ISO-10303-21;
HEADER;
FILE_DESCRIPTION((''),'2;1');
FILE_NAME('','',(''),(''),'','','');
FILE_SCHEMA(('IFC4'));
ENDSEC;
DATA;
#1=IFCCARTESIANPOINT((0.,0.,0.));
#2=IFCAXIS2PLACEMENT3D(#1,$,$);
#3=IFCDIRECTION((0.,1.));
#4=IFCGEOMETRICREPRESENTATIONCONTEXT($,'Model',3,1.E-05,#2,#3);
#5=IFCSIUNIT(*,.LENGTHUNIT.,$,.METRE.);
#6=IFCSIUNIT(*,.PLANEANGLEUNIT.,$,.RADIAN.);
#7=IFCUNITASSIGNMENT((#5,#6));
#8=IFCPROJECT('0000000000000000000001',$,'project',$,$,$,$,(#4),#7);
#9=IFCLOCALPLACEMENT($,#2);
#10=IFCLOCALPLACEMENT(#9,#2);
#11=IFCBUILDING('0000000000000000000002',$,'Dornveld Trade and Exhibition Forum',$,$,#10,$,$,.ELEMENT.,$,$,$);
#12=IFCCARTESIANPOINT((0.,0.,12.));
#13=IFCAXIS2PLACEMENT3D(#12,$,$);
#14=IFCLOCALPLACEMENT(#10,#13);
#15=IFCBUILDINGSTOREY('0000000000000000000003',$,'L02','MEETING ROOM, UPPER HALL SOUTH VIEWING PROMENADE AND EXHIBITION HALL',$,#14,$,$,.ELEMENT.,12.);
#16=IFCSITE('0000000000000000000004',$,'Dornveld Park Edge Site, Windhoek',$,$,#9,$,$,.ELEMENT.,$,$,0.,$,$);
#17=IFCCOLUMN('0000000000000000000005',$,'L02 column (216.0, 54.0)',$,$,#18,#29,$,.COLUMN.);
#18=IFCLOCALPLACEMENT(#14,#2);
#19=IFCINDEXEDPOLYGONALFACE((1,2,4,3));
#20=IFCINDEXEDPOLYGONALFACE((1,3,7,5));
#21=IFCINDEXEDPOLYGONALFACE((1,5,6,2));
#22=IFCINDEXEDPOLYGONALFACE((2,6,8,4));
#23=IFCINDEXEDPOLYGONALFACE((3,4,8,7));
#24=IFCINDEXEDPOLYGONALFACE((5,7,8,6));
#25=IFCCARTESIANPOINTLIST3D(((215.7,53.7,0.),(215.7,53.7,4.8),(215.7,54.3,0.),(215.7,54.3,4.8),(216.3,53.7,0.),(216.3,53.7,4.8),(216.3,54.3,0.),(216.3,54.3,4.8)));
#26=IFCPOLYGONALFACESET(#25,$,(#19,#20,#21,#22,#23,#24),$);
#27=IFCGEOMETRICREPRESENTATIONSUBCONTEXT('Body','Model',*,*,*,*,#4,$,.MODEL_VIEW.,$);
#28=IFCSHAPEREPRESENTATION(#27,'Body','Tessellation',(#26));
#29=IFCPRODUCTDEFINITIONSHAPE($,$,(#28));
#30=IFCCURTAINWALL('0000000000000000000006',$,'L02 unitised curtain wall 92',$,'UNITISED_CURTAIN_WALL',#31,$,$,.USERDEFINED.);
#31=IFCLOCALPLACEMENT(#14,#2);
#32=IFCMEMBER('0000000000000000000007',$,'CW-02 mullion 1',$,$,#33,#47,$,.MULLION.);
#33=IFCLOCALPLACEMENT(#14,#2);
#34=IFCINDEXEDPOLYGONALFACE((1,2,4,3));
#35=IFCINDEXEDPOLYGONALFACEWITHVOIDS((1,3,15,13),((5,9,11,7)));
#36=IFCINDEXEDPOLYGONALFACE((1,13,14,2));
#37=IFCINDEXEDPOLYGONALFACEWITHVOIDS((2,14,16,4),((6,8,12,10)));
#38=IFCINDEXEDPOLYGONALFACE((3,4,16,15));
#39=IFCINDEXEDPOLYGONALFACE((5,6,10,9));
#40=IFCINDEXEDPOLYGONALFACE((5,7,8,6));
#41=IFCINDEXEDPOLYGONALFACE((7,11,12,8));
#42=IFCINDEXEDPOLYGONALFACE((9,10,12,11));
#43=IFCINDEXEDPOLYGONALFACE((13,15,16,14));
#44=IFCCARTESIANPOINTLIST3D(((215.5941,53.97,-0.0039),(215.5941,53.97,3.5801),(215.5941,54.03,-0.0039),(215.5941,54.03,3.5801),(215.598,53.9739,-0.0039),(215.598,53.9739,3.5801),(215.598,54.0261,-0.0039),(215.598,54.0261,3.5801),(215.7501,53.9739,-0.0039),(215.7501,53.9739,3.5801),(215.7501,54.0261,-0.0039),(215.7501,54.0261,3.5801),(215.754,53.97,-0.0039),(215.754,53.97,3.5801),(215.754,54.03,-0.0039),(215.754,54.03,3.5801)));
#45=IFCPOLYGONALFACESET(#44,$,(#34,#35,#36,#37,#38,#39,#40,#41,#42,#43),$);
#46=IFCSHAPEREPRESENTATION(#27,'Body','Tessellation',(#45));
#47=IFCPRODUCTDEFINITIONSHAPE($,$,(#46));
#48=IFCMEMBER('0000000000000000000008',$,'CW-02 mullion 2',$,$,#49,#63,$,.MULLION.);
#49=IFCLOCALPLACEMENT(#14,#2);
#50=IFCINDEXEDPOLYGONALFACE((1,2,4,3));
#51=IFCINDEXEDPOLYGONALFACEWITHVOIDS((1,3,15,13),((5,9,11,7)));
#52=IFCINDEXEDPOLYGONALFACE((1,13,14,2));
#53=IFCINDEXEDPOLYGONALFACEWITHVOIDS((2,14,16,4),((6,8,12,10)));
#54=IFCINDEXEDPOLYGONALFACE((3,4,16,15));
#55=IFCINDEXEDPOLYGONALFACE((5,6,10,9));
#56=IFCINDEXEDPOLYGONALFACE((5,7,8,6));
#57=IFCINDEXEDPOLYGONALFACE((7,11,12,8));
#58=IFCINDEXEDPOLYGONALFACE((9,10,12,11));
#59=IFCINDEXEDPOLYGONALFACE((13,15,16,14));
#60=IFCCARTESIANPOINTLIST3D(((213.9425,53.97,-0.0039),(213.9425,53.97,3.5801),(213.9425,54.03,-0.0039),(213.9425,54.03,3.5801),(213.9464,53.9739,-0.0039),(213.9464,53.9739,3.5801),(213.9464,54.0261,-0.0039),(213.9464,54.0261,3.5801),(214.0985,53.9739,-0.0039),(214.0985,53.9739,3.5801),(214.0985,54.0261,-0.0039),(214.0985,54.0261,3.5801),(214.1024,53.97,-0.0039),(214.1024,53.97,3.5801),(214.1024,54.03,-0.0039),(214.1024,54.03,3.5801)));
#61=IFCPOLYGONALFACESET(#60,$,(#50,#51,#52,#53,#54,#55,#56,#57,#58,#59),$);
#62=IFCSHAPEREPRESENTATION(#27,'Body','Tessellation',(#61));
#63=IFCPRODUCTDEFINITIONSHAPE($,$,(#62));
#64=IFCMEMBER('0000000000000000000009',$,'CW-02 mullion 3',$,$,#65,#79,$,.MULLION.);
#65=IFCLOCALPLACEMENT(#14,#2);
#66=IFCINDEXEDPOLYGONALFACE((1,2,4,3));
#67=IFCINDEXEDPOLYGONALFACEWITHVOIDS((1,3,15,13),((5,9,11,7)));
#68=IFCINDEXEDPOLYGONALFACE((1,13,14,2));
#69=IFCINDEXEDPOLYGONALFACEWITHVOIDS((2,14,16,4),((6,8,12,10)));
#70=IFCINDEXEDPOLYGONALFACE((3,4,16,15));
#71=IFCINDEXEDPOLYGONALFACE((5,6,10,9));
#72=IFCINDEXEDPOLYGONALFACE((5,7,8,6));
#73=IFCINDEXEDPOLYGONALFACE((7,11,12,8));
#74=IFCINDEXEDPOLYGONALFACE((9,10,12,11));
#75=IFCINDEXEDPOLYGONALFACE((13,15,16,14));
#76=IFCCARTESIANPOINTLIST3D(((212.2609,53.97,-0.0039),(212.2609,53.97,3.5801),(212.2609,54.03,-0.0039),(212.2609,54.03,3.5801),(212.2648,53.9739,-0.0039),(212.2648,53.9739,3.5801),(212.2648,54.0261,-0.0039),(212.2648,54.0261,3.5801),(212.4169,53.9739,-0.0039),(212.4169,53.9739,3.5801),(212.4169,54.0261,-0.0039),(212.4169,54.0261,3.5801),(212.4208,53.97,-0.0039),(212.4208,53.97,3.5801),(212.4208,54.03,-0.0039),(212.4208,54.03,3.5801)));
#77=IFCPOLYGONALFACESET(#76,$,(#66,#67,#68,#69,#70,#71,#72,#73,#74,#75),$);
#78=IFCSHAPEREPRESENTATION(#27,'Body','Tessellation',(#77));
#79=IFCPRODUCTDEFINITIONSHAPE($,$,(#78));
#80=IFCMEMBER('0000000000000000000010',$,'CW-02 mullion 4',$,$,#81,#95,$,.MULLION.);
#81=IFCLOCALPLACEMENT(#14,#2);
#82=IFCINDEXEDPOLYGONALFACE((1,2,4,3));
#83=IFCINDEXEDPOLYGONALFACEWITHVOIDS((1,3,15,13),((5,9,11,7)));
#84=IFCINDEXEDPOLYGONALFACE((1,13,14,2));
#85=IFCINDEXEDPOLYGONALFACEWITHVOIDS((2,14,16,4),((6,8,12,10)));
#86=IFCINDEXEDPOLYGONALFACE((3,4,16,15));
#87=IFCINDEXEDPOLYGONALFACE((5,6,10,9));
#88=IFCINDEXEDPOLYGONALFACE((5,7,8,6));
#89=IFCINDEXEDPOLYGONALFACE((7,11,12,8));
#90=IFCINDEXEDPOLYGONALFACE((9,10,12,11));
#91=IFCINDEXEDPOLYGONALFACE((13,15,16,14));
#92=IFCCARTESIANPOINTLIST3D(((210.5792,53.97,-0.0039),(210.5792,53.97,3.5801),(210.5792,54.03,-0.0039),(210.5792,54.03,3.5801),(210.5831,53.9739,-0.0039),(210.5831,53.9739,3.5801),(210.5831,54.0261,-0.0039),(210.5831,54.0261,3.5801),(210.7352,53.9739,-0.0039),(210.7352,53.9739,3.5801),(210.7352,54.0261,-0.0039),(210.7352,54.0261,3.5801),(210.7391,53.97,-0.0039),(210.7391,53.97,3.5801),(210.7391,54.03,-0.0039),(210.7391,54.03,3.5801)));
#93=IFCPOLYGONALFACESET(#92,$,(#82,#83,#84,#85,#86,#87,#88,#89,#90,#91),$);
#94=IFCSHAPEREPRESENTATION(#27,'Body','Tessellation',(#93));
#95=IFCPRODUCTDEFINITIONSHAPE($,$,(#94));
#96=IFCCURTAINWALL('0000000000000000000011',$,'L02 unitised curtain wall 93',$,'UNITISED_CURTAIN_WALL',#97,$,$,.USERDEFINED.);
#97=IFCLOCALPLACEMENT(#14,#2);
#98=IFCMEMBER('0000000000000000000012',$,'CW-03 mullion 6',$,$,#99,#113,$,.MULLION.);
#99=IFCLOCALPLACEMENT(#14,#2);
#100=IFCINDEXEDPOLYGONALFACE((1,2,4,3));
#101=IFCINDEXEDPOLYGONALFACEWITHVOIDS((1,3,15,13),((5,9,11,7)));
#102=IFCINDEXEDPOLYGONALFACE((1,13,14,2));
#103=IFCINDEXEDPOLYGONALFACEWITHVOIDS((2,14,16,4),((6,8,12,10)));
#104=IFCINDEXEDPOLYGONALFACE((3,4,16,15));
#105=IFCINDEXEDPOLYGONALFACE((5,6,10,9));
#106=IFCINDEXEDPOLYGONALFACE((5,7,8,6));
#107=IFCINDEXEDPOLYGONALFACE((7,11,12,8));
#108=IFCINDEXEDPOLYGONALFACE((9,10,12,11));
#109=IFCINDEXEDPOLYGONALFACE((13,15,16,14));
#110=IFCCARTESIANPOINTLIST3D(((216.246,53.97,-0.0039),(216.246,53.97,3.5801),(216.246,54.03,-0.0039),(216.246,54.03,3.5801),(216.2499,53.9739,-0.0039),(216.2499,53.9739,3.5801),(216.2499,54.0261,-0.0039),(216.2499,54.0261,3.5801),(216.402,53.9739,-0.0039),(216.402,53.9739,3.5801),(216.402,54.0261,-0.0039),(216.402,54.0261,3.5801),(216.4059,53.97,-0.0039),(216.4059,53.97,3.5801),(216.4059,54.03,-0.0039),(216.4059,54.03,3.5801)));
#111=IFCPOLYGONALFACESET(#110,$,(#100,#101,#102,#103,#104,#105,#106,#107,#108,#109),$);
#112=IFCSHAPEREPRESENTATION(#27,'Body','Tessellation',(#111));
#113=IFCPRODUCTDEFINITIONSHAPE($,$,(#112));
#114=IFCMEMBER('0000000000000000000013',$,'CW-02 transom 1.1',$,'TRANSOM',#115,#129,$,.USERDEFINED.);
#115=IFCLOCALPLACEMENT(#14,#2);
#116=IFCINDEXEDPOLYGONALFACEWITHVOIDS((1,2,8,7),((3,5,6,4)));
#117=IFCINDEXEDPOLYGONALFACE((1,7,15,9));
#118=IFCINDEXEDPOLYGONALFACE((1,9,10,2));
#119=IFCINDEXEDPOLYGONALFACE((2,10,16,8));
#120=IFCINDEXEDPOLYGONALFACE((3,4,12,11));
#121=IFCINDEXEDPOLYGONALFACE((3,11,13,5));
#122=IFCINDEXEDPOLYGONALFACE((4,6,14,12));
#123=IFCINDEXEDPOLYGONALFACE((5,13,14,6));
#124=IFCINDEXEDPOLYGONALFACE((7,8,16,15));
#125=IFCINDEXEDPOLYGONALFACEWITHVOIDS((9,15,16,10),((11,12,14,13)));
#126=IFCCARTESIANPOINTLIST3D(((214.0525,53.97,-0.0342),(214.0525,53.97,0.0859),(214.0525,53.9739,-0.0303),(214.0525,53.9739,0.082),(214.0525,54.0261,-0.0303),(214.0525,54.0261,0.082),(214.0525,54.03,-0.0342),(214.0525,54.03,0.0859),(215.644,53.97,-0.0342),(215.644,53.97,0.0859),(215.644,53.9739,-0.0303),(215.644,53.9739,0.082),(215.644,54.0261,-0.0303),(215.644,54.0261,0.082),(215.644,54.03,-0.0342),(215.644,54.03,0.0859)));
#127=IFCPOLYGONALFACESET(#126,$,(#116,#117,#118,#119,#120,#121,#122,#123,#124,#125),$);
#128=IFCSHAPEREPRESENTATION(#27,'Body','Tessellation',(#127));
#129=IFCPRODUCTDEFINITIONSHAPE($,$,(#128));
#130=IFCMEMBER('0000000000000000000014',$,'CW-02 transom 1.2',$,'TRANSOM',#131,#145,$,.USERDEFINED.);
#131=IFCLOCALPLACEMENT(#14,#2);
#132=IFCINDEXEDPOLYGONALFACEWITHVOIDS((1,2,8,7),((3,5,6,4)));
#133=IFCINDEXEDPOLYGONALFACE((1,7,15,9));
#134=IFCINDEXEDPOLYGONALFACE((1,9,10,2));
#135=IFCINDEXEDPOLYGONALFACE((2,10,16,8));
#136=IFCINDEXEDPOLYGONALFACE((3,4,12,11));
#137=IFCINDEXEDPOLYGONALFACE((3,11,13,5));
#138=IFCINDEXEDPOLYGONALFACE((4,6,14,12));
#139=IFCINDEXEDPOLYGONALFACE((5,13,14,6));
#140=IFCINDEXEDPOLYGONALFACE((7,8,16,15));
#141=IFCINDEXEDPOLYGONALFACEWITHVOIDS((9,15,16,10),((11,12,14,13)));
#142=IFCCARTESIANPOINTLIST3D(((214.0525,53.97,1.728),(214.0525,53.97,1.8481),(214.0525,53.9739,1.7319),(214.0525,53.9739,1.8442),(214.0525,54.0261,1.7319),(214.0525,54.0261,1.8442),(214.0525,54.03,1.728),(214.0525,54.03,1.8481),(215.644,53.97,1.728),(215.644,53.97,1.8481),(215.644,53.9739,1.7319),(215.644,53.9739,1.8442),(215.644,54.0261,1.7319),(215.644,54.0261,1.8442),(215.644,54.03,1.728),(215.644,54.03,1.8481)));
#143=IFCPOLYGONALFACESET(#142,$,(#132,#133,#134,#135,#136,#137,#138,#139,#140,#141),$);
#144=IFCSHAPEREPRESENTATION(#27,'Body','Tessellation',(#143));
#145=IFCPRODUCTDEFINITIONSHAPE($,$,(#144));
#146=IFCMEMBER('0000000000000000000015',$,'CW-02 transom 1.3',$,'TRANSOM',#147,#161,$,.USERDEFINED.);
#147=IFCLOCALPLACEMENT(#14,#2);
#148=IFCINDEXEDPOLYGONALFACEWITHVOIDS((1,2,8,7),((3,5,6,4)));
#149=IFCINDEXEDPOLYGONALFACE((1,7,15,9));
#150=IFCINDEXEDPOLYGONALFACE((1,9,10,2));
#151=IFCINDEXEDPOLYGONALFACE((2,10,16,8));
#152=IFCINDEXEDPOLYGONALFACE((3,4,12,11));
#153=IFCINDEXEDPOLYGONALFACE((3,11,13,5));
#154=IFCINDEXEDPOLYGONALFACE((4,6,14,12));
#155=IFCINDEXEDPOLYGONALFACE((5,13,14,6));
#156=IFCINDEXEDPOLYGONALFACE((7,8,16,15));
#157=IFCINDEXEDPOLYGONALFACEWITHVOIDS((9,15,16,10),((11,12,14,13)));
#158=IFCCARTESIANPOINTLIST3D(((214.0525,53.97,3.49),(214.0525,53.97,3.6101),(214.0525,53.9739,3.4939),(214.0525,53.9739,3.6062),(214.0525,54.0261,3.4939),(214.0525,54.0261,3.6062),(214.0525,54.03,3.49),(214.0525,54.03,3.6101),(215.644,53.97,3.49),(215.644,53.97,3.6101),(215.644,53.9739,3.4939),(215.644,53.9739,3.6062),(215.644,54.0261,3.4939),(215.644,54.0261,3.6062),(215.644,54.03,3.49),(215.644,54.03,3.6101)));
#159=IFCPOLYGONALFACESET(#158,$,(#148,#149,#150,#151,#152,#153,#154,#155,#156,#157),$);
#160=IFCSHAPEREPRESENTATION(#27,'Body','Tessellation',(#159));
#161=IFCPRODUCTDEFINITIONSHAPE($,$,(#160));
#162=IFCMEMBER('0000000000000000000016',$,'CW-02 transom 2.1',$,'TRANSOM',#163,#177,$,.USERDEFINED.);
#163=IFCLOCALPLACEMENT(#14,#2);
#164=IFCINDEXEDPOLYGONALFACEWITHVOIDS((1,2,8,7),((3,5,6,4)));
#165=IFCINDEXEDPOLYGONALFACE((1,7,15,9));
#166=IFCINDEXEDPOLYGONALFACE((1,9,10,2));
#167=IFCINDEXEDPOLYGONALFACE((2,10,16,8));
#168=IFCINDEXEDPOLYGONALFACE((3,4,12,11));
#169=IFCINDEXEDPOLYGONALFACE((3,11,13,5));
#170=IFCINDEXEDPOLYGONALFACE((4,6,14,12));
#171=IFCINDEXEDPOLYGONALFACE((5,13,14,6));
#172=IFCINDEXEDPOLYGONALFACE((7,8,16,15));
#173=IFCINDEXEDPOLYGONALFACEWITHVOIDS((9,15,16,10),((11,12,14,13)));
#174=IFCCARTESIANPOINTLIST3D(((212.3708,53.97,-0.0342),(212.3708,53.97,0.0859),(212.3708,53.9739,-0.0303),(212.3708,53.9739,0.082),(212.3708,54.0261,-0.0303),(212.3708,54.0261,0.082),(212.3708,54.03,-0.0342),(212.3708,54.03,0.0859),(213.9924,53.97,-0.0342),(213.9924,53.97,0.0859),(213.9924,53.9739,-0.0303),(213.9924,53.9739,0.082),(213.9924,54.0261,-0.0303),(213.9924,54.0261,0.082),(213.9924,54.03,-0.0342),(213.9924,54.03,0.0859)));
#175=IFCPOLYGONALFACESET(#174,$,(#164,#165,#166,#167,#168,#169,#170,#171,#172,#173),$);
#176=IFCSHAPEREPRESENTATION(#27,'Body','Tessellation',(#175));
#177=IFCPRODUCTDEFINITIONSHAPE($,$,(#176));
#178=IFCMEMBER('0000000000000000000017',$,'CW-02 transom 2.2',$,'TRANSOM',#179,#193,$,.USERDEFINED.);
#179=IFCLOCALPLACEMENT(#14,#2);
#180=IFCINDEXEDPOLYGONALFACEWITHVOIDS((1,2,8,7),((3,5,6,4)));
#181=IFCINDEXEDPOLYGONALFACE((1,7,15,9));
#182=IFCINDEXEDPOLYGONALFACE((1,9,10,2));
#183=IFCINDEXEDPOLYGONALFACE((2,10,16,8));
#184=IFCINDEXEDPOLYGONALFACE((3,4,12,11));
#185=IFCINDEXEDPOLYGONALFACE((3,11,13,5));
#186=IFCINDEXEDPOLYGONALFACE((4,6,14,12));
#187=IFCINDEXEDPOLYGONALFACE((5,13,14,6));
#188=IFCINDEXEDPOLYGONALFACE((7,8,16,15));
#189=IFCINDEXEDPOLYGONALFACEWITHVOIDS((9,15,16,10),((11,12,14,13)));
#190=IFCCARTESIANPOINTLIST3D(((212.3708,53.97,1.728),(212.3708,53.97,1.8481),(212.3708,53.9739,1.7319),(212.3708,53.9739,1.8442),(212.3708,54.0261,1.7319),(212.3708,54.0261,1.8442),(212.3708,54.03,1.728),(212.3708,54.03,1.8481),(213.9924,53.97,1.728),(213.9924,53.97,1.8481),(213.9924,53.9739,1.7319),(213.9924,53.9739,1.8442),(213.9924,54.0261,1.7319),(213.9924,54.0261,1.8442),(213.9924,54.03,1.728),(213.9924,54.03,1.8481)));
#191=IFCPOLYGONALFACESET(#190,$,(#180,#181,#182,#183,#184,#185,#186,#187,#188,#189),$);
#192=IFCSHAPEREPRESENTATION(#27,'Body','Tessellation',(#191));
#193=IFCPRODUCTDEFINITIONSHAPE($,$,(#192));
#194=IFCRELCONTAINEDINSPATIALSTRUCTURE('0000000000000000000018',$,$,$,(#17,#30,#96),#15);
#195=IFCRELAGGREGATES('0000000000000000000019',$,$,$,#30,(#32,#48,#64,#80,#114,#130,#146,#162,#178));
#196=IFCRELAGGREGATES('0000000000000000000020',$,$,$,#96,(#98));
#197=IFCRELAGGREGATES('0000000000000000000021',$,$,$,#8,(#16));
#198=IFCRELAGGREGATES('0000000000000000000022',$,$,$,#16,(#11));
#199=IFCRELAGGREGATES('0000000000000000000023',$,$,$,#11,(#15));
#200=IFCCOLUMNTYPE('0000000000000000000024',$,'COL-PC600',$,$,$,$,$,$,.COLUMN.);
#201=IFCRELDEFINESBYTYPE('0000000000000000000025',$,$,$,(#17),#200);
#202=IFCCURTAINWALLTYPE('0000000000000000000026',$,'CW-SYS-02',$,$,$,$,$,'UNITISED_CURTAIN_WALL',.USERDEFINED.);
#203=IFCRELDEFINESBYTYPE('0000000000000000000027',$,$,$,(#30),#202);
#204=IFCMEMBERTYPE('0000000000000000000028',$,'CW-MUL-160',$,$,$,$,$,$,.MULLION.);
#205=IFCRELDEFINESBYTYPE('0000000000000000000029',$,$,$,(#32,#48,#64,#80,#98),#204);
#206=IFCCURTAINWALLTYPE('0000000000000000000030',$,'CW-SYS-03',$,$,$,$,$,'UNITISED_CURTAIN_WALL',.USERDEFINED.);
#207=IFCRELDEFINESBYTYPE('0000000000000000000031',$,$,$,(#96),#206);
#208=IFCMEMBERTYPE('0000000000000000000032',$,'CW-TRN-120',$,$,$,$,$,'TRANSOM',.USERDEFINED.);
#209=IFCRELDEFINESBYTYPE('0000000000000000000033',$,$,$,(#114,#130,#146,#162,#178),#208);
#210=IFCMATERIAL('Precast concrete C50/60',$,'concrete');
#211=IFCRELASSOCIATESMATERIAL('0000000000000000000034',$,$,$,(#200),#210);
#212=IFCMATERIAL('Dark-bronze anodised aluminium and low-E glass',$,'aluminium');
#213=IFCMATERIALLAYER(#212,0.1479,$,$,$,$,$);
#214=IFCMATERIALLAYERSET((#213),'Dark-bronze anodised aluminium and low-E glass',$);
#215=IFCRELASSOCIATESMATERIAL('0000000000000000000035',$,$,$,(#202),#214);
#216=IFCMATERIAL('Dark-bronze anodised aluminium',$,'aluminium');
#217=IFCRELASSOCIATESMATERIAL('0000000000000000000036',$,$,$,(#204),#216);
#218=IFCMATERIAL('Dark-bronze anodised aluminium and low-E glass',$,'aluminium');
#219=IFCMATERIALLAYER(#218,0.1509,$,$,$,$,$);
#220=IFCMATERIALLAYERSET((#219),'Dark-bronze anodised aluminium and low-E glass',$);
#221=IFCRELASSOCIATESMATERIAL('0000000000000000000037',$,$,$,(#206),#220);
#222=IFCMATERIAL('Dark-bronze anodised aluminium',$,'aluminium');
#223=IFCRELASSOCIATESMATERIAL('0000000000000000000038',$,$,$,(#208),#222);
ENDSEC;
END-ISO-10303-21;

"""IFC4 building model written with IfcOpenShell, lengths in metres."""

from ifc_helpers import new_model, si_unit, direction, frame, origin, origin_2d, place, context, subcontext, project, spatial, rectangle, hollow_rectangle, extrude, material, layer, layer_set, material_profile, profile_set, type_object, element, aggregate, save


model = new_model("IFC4")

# Units and contexts
model_context = context("Model", 3, precision=1e-05, world=origin(), true_north=direction((0.0, 1.0)))
body_context = subcontext(model_context, "Body", "Model", "MODEL_VIEW")
ifc_project = project(units=[si_unit("LENGTHUNIT", "METRE"), si_unit("PLANEANGLEUNIT", "RADIAN")], contexts=[model_context])

# Site, building, storey
site_placement = place(None, origin())
site = spatial("IfcSite", under=ifc_project, at=site_placement, Name="Dornveld Park Edge Site, Windhoek", CompositionType="ELEMENT", RefElevation=0.0)
building_placement = place(site_placement, origin())
building = spatial("IfcBuilding", under=site, at=building_placement, Name="Dornveld Trade and Exhibition Forum", CompositionType="ELEMENT")
storey_placement = place(building_placement, frame((0.0, 0.0, 12.0)))
storey = spatial("IfcBuildingStorey", under=building, at=storey_placement, Name="L02", Description="MEETING ROOM, UPPER HALL SOUTH VIEWING PROMENADE AND EXHIBITION HALL", CompositionType="ELEMENT", Elevation=12.0)

# Column
ifc_material_1 = material(Name="Precast concrete C50/60", Category="concrete")
ifc_material_profile_1 = material_profile(ifc_material_1, rectangle(XDim=0.6001, YDim=0.6001, at=origin_2d()), Name="PC-COL 600x600")
ifc_profile_set_1 = profile_set([ifc_material_profile_1], Name="Precast concrete C50/60")
column_type = type_object("IfcColumnType", Name="COL-PC600", PredefinedType="COLUMN", material=ifc_profile_set_1)
column_placement = place(storey_placement, frame((216.0, 54.0, 0.0), z_axis=(0.0, 0.0, 1.0), x_axis=(1.0, 0.0, 0.0)))
element("IfcColumn", 1, at=column_placement, inside=storey, type_object=column_type, Name="L02 column (216.0, 54.0)", PredefinedType="COLUMN", context=body_context, shape_type="SweptSolid", body=[
    extrude(rectangle(XDim=0.6001, YDim=0.6001, at=origin_2d()), origin(), (0.0, 0.0, 1.0), 4.8),
])

# Curtain wall, members
ifc_material_2 = material(Name="Dark-bronze anodised aluminium and low-E glass", Category="aluminium")
ifc_layer_1 = layer(ifc_material_2, 0.1479)
ifc_layer_set_1 = layer_set([ifc_layer_1], Name="Dark-bronze anodised aluminium and low-E glass")
curtain_wall_type_1 = type_object("IfcCurtainWallType", Name="CW-SYS-02", ElementType="UNITISED_CURTAIN_WALL", PredefinedType="USERDEFINED", material=ifc_layer_set_1)
curtain_wall_1_placement = place(storey_placement, origin())
curtain_wall_1 = element("IfcCurtainWall", 2, at=curtain_wall_1_placement, inside=storey, type_object=curtain_wall_type_1, Name="L02 unitised curtain wall 92", ObjectType="UNITISED_CURTAIN_WALL", PredefinedType="USERDEFINED")
ifc_material_3 = material(Name="Dark-bronze anodised aluminium", Category="aluminium")
ifc_material_profile_2 = material_profile(ifc_material_3, hollow_rectangle(XDim=0.0601, YDim=0.1599, WallThickness=0.0039, at=origin_2d()), Name="RHS 160x60x4")
ifc_profile_set_2 = profile_set([ifc_material_profile_2], Name="Dark-bronze anodised aluminium")
member_type_1 = type_object("IfcMemberType", Name="CW-MUL-160", PredefinedType="MULLION", material=ifc_profile_set_2)
member_1_placement = place(storey_placement, frame((215.6741, 54.0, -0.0039), z_axis=(0.0, 0.0, 1.0), x_axis=(0.0, -1.0, 0.0)))
member_1 = element("IfcMember", 3, at=member_1_placement, type_object=member_type_1, Name="CW-02 mullion 1", PredefinedType="MULLION", context=body_context, shape_type="SweptSolid", body=[
    extrude(hollow_rectangle(XDim=0.0601, YDim=0.1599, WallThickness=0.0039, at=origin_2d()), origin(), (0.0, 0.0, 1.0), 3.584),
])
member_2_placement = place(storey_placement, frame((214.0225, 54.0, -0.0039), z_axis=(0.0, 0.0, 1.0), x_axis=(0.0, -1.0, 0.0)))
member_2 = element("IfcMember", 4, at=member_2_placement, type_object=member_type_1, Name="CW-02 mullion 2", PredefinedType="MULLION", context=body_context, shape_type="SweptSolid", body=[
    extrude(hollow_rectangle(XDim=0.0601, YDim=0.1599, WallThickness=0.0039, at=origin_2d()), origin(), (0.0, 0.0, 1.0), 3.584),
])
member_3_placement = place(storey_placement, frame((212.3408, 54.0, -0.0039), z_axis=(0.0, 0.0, 1.0), x_axis=(0.0, -1.0, 0.0)))
member_3 = element("IfcMember", 5, at=member_3_placement, type_object=member_type_1, Name="CW-02 mullion 3", PredefinedType="MULLION", context=body_context, shape_type="SweptSolid", body=[
    extrude(hollow_rectangle(XDim=0.0601, YDim=0.1599, WallThickness=0.0039, at=origin_2d()), origin(), (0.0, 0.0, 1.0), 3.584),
])
member_4_placement = place(storey_placement, frame((210.6592, 54.0, -0.0039), z_axis=(0.0, 0.0, 1.0), x_axis=(0.0, -1.0, 0.0)))
member_4 = element("IfcMember", 6, at=member_4_placement, type_object=member_type_1, Name="CW-02 mullion 4", PredefinedType="MULLION", context=body_context, shape_type="SweptSolid", body=[
    extrude(hollow_rectangle(XDim=0.0601, YDim=0.1599, WallThickness=0.0039, at=origin_2d()), origin(), (0.0, 0.0, 1.0), 3.584),
])

# Curtain wall, member
ifc_material_4 = material(Name="Dark-bronze anodised aluminium and low-E glass", Category="aluminium")
ifc_layer_2 = layer(ifc_material_4, 0.1509)
ifc_layer_set_2 = layer_set([ifc_layer_2], Name="Dark-bronze anodised aluminium and low-E glass")
curtain_wall_type_2 = type_object("IfcCurtainWallType", Name="CW-SYS-03", ElementType="UNITISED_CURTAIN_WALL", PredefinedType="USERDEFINED", material=ifc_layer_set_2)
curtain_wall_2_placement = place(storey_placement, origin())
curtain_wall_2 = element("IfcCurtainWall", 7, at=curtain_wall_2_placement, inside=storey, type_object=curtain_wall_type_2, Name="L02 unitised curtain wall 93", ObjectType="UNITISED_CURTAIN_WALL", PredefinedType="USERDEFINED")
member_5_placement = place(storey_placement, frame((216.3259, 54.0, -0.0039), z_axis=(0.0, 0.0, 1.0), x_axis=(0.0, -1.0, 0.0)))
member_5 = element("IfcMember", 8, at=member_5_placement, type_object=member_type_1, Name="CW-03 mullion 6", PredefinedType="MULLION", context=body_context, shape_type="SweptSolid", body=[
    extrude(hollow_rectangle(XDim=0.0601, YDim=0.1599, WallThickness=0.0039, at=origin_2d()), origin(), (0.0, 0.0, 1.0), 3.584),
])

# Members
ifc_material_5 = material(Name="Dark-bronze anodised aluminium", Category="aluminium")
ifc_material_profile_3 = material_profile(ifc_material_5, hollow_rectangle(XDim=0.0601, YDim=0.1201, WallThickness=0.0039, at=origin_2d()), Name="RHS 120x60x4")
ifc_profile_set_3 = profile_set([ifc_material_profile_3], Name="Dark-bronze anodised aluminium")
member_type_2 = type_object("IfcMemberType", Name="CW-TRN-120", ElementType="TRANSOM", PredefinedType="USERDEFINED", material=ifc_profile_set_3)
member_6_placement = place(storey_placement, frame((215.644, 54.0, 0.0259), z_axis=(-1.0, 0.0, 0.0), x_axis=(0.0, -1.0, 0.0)))
member_6 = element("IfcMember", 9, at=member_6_placement, type_object=member_type_2, Name="CW-02 transom 1.1", ObjectType="TRANSOM", PredefinedType="USERDEFINED", context=body_context, shape_type="SweptSolid", body=[
    extrude(hollow_rectangle(XDim=0.0601, YDim=0.1201, WallThickness=0.0039, at=origin_2d()), origin(), (0.0, 0.0, 1.0), 1.5916),
])
member_7_placement = place(storey_placement, frame((215.644, 54.0, 1.7881), z_axis=(-1.0, 0.0, 0.0), x_axis=(0.0, -1.0, 0.0)))
member_7 = element("IfcMember", 10, at=member_7_placement, type_object=member_type_2, Name="CW-02 transom 1.2", ObjectType="TRANSOM", PredefinedType="USERDEFINED", context=body_context, shape_type="SweptSolid", body=[
    extrude(hollow_rectangle(XDim=0.0601, YDim=0.1201, WallThickness=0.0039, at=origin_2d()), origin(), (0.0, 0.0, 1.0), 1.5916),
])
member_8_placement = place(storey_placement, frame((215.644, 54.0, 3.55), z_axis=(-1.0, 0.0, 0.0), x_axis=(0.0, -1.0, 0.0)))
member_8 = element("IfcMember", 11, at=member_8_placement, type_object=member_type_2, Name="CW-02 transom 1.3", ObjectType="TRANSOM", PredefinedType="USERDEFINED", context=body_context, shape_type="SweptSolid", body=[
    extrude(hollow_rectangle(XDim=0.0601, YDim=0.1201, WallThickness=0.0039, at=origin_2d()), origin(), (0.0, 0.0, 1.0), 1.5916),
])
member_9_placement = place(storey_placement, frame((213.9924, 54.0, 0.0259), z_axis=(-1.0, 0.0, 0.0), x_axis=(0.0, -1.0, 0.0)))
member_9 = element("IfcMember", 12, at=member_9_placement, type_object=member_type_2, Name="CW-02 transom 2.1", ObjectType="TRANSOM", PredefinedType="USERDEFINED", context=body_context, shape_type="SweptSolid", body=[
    extrude(hollow_rectangle(XDim=0.0601, YDim=0.1201, WallThickness=0.0039, at=origin_2d()), origin(), (0.0, 0.0, 1.0), 1.6216),
])
member_10_placement = place(storey_placement, frame((213.9924, 54.0, 1.7881), z_axis=(-1.0, 0.0, 0.0), x_axis=(0.0, -1.0, 0.0)))
member_10 = element("IfcMember", 13, at=member_10_placement, type_object=member_type_2, Name="CW-02 transom 2.2", ObjectType="TRANSOM", PredefinedType="USERDEFINED", context=body_context, shape_type="SweptSolid", body=[
    extrude(hollow_rectangle(XDim=0.0601, YDim=0.1201, WallThickness=0.0039, at=origin_2d()), origin(), (0.0, 0.0, 1.0), 1.6216),
])

aggregate(curtain_wall_1, [member_1, member_2, member_3, member_4, member_6, member_7, member_8, member_9, member_10])
aggregate(curtain_wall_2, [member_5])

save(model, "model.ifc")
